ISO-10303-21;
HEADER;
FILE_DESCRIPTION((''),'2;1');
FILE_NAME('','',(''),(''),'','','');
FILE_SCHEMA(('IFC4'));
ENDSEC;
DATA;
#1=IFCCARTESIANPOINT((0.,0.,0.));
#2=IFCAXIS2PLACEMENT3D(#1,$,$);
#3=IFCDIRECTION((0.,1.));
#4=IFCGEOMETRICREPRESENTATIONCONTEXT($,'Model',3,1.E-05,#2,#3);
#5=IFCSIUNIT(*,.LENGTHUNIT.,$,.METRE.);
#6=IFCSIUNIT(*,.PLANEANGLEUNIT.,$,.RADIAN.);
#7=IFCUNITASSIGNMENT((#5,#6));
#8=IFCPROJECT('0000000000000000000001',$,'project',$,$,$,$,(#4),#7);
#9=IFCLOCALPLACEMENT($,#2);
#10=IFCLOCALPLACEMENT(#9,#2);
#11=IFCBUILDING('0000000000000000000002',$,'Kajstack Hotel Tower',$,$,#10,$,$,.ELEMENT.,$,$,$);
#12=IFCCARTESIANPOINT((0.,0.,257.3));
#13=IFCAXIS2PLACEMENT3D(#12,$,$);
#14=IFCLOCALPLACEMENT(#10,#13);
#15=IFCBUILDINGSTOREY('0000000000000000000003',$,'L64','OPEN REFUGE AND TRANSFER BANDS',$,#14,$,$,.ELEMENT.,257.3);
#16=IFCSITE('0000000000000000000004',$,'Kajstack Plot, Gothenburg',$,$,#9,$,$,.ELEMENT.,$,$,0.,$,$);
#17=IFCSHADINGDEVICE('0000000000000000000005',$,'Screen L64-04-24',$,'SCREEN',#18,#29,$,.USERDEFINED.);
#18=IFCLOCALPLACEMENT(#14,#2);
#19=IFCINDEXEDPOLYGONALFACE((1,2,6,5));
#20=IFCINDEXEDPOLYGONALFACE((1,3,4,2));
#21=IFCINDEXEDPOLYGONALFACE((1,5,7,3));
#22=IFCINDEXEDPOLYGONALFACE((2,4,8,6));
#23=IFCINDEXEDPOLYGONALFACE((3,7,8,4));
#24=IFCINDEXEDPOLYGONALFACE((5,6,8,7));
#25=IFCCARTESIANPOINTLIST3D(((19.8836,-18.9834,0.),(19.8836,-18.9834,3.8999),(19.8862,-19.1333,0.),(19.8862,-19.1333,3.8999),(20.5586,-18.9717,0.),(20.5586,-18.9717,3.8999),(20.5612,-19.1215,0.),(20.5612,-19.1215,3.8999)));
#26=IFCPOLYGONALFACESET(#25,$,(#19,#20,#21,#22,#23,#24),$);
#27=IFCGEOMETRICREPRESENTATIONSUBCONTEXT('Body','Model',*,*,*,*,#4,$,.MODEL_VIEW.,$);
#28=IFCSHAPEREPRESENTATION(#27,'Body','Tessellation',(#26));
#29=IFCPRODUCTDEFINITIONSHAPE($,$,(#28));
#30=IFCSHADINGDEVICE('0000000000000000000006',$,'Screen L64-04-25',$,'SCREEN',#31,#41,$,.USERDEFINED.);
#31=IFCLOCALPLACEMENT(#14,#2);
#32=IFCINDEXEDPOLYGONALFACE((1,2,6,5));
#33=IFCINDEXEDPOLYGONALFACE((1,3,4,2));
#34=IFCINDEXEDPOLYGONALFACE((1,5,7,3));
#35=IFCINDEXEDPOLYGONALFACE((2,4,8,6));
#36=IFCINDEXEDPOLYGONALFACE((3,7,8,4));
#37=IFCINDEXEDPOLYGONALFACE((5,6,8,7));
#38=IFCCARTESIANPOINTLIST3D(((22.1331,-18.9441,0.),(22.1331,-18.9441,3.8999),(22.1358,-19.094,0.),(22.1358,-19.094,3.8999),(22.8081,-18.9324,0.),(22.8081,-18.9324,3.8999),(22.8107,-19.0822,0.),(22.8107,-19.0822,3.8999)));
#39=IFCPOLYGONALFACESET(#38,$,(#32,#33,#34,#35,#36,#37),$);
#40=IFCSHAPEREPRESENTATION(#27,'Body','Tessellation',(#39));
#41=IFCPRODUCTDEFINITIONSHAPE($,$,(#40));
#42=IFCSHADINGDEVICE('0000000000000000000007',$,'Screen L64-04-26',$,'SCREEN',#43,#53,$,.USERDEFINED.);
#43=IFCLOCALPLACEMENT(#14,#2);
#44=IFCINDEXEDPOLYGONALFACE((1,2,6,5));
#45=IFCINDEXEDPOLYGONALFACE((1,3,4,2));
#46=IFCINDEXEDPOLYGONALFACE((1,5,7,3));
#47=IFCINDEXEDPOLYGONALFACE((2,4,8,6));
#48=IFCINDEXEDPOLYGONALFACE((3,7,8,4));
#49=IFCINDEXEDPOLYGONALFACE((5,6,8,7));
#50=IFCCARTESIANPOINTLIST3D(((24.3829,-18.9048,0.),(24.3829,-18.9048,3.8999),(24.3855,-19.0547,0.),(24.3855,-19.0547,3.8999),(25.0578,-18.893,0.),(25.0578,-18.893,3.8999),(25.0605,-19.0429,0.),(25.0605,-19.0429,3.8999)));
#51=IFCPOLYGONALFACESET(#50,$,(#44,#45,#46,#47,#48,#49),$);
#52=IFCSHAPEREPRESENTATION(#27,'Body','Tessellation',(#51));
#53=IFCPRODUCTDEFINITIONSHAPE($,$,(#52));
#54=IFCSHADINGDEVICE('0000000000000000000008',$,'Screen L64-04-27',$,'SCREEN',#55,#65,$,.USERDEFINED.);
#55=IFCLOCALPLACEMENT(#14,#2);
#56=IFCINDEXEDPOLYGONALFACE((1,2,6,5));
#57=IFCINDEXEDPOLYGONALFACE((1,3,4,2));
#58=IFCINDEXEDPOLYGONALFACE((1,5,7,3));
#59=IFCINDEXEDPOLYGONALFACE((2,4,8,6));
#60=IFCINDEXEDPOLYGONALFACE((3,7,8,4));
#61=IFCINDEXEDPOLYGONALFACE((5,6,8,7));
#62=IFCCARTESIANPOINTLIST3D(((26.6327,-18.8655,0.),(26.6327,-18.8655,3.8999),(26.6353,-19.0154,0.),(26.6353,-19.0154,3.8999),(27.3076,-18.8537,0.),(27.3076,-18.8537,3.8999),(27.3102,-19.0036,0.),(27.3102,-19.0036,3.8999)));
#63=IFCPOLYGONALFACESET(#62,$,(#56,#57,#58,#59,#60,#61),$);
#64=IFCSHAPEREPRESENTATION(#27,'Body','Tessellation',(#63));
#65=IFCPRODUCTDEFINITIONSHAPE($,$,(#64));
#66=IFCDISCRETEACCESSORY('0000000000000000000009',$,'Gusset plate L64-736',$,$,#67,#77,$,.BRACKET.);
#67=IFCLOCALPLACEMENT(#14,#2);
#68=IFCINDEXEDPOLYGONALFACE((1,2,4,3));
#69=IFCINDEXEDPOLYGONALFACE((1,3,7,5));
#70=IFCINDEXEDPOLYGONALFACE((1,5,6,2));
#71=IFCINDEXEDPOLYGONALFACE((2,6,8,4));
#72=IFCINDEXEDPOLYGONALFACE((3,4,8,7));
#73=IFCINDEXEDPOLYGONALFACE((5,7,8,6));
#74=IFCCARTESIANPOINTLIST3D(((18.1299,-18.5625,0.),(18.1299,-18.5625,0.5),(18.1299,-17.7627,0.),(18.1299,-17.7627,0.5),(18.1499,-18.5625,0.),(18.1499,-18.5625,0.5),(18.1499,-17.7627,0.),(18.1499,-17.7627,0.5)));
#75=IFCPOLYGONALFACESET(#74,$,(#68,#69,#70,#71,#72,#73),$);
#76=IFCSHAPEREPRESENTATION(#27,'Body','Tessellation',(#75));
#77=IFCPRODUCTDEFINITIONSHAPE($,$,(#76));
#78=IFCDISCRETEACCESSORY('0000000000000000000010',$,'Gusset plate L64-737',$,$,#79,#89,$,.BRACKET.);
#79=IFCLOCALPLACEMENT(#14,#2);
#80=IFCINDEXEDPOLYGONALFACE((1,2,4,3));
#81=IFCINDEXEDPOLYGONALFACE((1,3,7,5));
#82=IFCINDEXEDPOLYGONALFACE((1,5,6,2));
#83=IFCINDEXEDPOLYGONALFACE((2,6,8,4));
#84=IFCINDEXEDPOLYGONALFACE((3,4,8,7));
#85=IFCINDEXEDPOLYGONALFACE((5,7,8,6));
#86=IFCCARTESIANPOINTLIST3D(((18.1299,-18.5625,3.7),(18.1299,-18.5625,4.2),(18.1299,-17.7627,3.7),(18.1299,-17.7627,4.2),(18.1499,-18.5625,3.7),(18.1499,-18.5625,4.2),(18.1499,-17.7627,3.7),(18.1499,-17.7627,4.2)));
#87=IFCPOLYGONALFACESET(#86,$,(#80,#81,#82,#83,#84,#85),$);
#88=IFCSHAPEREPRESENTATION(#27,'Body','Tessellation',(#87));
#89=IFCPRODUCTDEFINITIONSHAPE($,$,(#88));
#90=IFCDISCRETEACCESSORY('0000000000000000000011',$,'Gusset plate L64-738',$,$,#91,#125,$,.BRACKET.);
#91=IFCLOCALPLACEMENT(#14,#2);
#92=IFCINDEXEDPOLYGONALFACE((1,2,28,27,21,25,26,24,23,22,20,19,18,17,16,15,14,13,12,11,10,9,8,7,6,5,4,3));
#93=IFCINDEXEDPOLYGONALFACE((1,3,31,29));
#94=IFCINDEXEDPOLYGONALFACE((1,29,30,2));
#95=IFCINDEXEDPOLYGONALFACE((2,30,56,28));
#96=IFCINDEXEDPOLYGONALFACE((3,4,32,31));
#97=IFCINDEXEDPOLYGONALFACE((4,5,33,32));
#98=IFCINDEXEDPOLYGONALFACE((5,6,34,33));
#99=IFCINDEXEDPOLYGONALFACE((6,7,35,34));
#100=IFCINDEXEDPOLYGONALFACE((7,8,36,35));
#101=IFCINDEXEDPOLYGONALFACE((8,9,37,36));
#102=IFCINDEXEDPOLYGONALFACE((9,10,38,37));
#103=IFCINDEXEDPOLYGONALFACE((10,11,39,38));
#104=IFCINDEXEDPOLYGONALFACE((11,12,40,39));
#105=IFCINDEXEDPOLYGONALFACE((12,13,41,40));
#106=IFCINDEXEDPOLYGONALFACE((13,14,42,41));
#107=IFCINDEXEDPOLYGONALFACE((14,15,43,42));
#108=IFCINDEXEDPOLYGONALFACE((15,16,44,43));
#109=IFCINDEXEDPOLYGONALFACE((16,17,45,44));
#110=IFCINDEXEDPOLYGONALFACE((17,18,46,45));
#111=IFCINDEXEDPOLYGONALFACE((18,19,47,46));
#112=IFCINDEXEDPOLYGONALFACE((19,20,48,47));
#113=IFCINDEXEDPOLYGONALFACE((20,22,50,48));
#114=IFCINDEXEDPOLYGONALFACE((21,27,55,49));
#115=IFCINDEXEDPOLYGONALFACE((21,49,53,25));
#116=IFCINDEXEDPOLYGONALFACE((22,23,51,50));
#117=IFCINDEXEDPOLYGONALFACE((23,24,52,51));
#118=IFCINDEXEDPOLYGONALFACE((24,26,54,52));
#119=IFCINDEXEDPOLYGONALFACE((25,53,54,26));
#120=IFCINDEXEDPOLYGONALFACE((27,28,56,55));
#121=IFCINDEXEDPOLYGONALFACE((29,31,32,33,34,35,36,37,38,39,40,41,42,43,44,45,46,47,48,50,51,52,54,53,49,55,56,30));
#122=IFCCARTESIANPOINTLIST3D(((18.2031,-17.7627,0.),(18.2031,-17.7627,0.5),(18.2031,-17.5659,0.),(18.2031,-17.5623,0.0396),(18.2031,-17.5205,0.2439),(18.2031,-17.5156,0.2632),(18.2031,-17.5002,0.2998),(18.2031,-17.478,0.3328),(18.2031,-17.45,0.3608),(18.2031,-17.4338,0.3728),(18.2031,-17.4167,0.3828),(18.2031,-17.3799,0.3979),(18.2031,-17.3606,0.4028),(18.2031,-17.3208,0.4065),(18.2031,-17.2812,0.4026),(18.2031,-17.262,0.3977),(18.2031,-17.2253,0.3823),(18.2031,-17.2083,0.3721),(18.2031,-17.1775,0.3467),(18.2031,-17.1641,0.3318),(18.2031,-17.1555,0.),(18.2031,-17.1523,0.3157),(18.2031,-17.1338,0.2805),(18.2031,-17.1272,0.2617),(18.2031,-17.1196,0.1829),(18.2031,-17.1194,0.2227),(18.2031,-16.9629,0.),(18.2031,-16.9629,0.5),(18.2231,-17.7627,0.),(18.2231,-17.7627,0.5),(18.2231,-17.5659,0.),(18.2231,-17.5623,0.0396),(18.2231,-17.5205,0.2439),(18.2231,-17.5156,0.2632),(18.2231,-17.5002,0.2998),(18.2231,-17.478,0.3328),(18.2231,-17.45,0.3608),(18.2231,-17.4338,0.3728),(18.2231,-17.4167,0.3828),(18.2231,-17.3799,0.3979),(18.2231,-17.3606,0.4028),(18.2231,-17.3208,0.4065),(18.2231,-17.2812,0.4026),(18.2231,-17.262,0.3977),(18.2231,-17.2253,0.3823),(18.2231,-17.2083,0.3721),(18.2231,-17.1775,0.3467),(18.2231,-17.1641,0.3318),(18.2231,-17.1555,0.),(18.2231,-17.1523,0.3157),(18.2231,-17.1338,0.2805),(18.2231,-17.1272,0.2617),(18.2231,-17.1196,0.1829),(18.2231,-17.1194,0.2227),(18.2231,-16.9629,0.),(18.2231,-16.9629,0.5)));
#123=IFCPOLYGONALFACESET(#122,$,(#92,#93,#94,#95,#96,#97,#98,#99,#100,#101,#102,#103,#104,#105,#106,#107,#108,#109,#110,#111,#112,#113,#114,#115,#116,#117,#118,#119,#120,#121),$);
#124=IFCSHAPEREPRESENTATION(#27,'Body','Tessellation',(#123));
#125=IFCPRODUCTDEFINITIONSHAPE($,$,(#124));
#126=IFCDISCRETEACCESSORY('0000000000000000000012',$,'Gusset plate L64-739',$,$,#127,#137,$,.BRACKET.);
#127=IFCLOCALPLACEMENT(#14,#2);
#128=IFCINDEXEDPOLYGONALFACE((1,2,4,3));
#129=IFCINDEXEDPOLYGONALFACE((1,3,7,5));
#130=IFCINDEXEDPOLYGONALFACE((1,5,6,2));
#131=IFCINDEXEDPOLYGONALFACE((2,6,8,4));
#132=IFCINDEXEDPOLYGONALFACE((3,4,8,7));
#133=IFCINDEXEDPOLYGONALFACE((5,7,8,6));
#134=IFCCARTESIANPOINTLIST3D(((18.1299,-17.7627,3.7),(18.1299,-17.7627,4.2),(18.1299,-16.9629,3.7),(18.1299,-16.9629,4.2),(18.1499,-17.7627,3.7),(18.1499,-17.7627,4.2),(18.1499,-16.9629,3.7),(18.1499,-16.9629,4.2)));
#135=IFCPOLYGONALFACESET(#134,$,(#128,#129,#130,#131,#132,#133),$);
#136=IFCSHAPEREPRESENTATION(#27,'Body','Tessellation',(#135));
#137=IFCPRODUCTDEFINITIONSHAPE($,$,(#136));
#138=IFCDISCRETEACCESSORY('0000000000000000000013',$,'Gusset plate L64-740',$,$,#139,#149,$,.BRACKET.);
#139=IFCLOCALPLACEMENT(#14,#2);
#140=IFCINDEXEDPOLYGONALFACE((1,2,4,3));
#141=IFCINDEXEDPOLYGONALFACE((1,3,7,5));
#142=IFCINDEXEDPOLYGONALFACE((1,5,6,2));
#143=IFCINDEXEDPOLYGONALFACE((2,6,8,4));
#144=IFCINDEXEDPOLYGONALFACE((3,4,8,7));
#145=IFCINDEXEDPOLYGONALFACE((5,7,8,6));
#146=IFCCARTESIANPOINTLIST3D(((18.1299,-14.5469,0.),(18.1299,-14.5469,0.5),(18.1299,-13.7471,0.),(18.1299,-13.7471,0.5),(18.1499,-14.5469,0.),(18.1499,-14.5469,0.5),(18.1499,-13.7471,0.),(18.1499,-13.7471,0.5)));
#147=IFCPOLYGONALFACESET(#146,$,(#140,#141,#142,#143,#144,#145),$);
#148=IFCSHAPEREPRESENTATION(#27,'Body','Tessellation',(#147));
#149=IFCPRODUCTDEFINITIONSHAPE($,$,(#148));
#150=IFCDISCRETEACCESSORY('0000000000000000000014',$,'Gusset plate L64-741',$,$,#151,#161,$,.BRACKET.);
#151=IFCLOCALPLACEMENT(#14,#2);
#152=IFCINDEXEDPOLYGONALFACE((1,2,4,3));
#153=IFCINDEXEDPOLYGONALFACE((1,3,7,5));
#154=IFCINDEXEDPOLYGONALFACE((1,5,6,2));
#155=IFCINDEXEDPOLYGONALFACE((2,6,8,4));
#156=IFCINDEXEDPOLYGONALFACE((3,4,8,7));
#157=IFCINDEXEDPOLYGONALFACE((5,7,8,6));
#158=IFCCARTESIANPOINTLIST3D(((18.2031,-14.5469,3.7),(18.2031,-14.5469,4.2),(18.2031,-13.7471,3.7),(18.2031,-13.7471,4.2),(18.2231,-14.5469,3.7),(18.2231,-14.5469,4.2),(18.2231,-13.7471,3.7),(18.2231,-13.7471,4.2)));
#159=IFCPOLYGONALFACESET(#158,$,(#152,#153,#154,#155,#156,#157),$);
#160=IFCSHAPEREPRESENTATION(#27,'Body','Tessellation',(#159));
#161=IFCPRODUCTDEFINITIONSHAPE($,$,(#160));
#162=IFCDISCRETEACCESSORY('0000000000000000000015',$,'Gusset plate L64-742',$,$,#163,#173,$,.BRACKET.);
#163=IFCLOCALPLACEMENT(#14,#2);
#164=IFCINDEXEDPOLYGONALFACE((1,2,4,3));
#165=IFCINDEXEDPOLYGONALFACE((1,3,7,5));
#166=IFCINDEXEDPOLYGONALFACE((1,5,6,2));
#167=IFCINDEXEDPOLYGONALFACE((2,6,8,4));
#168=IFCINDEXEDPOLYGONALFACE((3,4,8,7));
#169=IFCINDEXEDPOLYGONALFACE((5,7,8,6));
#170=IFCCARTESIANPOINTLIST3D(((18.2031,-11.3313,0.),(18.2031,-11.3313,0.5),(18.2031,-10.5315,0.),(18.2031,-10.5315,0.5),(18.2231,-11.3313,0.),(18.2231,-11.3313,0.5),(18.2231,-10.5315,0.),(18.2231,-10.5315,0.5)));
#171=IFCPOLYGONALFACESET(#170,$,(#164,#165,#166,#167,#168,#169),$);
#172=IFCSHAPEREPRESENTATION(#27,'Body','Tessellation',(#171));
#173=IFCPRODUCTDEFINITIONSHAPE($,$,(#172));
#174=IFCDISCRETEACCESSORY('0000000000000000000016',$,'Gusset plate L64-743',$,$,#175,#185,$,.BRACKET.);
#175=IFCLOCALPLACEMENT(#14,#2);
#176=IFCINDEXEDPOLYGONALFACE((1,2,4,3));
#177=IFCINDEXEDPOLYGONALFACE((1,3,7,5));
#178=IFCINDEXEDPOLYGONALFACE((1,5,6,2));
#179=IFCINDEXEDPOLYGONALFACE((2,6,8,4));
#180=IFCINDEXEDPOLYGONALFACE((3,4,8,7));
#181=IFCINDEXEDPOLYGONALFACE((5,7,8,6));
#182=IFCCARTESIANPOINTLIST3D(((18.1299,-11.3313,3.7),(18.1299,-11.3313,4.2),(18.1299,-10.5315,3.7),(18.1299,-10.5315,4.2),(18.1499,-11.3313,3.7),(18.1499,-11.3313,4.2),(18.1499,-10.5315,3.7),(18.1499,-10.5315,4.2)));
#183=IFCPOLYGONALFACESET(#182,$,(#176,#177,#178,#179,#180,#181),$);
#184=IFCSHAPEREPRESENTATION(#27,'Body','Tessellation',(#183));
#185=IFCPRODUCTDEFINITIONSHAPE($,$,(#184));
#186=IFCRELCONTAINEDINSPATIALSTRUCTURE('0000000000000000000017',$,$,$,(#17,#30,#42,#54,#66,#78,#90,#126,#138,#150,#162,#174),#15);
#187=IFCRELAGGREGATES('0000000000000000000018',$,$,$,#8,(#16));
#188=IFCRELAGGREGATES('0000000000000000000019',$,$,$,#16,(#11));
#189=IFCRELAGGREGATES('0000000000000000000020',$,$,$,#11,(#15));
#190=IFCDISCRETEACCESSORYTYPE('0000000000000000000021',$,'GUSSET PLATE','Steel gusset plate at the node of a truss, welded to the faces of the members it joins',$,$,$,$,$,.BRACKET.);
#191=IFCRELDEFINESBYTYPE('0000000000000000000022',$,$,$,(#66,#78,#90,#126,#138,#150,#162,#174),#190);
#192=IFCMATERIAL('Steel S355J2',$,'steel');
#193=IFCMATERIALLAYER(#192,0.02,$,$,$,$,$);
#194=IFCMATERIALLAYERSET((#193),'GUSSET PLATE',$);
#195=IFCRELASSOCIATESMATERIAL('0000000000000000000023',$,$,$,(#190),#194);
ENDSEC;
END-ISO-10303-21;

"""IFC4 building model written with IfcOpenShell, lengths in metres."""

from ifc_helpers import new_model, si_unit, direction, frame, origin, origin_2d, place, context, subcontext, project, spatial, polyline, rectangle, outline, extrude, material, layer, layer_set, type_object, element, save


model = new_model("IFC4")

# Units and contexts
model_context = context("Model", 3, precision=1e-05, world=origin(), true_north=direction((0.0, 1.0)))
body_context = subcontext(model_context, "Body", "Model", "MODEL_VIEW")
ifc_project = project(units=[si_unit("LENGTHUNIT", "METRE"), si_unit("PLANEANGLEUNIT", "RADIAN")], contexts=[model_context])

# Site, building, storey
site_placement = place(None, origin())
site = spatial("IfcSite", under=ifc_project, at=site_placement, Name="Kajstack Plot, Gothenburg", CompositionType="ELEMENT", RefElevation=0.0)
building_placement = place(site_placement, origin())
building = spatial("IfcBuilding", under=site, at=building_placement, Name="Kajstack Hotel Tower", CompositionType="ELEMENT")
storey_placement = place(building_placement, frame((0.0, 0.0, 257.3)))
storey = spatial("IfcBuildingStorey", under=building, at=storey_placement, Name="L64", Description="OPEN REFUGE AND TRANSFER BANDS", CompositionType="ELEMENT", Elevation=257.3)

# Shared definitions
ifc_material_1 = material(Name="Steel S355J2", Category="steel")

# Shading devices
for number, where, z_axis, x_axis, name in (
    (1, (20.2224, -19.0525, 0.0), (0.0, 0.0, 1.0), (0.999848, 0.017453, 0.0), "Screen L64-04-24"),
    (2, (22.4719, -19.0132, 0.0), (0.0, 0.0, 1.0), (0.999848, 0.017453, 0.0), "Screen L64-04-25"),
    (3, (24.7217, -18.9739, 0.0), (0.0, 0.0, 1.0), (0.999848, 0.017453, 0.0), "Screen L64-04-26"),
    (4, (26.9714, -18.9346, 0.0), (0.0, 0.0, 1.0), (0.999848, 0.017453, 0.0), "Screen L64-04-27"),
):
    element("IfcShadingDevice", number, at=place(storey_placement, frame(where, z_axis=z_axis, x_axis=x_axis)), inside=storey, Name=name, ObjectType="SCREEN", PredefinedType="USERDEFINED", context=body_context, shape_type="SweptSolid", body=[
        extrude(rectangle(XDim=0.675, YDim=0.1499, at=origin_2d()), origin(), (0.0, 0.0, 1.0), 3.8999),
    ])

# Discrete accessories
ifc_layer_1 = layer(ifc_material_1, 0.02)
ifc_layer_set_1 = layer_set([ifc_layer_1], Name="GUSSET PLATE")
discrete_accessory_type = type_object("IfcDiscreteAccessoryType", Name="GUSSET PLATE", Description="Steel gusset plate at the node of a truss, welded to the faces of the members it joins", PredefinedType="BRACKET", material=ifc_layer_set_1)
for number, where, z_axis, x_axis, name in (
    (5, (18.1299, -18.1626, 0.0), (1.0, 0.0, 0.0), (0.0, 1.0, 0.0), "Gusset plate L64-736"),
    (6, (18.1299, -18.1626, 3.7), (1.0, 0.0, 0.0), (0.0, 1.0, 0.0), "Gusset plate L64-737"),
):
    element("IfcDiscreteAccessory", number, at=place(storey_placement, frame(where, z_axis=z_axis, x_axis=x_axis)), inside=storey, type_object=discrete_accessory_type, Name=name, PredefinedType="BRACKET", context=body_context, shape_type="SweptSolid", body=[
        extrude(outline(polyline([(-0.3999, 0.0), (0.3999, 0.0), (0.3999, 0.5), (-0.3999, 0.5), (-0.3999, 0.0)])), origin(), (0.0, 0.0, 1.0), 0.02),
    ])
discrete_accessory_placement = place(storey_placement, frame((18.2031, -17.3628, 0.0), z_axis=(1.0, 0.0, 0.0), x_axis=(0.0, 1.0, 0.0)))
element("IfcDiscreteAccessory", 7, at=discrete_accessory_placement, inside=storey, type_object=discrete_accessory_type, Name="Gusset plate L64-738", PredefinedType="BRACKET", context=body_context, shape_type="SweptSolid", body=[
    extrude(outline(polyline([(-0.3999, 0.0), (-0.2031, 0.0), (-0.1995, 0.0396), (-0.1577, 0.2439), (-0.1528, 0.2632), (-0.1375, 0.2998), (-0.1152, 0.3328), (-0.0872, 0.3608), (-0.071, 0.3728), (-0.054, 0.3828), (-0.0171, 0.3979), (0.0022, 0.4028), (0.042, 0.4065), (0.0815, 0.4026), (0.1008, 0.3977), (0.1375, 0.3823), (0.1545, 0.3721), (0.1853, 0.3467), (0.1987, 0.3318), (0.2104, 0.3157), (0.229, 0.2805), (0.2356, 0.2617), (0.2434, 0.2227), (0.2432, 0.1829), (0.2073, 0.0), (0.3999, 0.0), (0.3999, 0.5), (-0.3999, 0.5), (-0.3999, 0.0)])), origin(), (0.0, 0.0, 1.0), 0.02),
])
for number, where, z_axis, x_axis, name in (
    (8, (18.1299, -17.3628, 3.7), (1.0, 0.0, 0.0), (0.0, 1.0, 0.0), "Gusset plate L64-739"),
    (9, (18.1299, -14.147, 0.0), (1.0, 0.0, 0.0), (0.0, 1.0, 0.0), "Gusset plate L64-740"),
    (10, (18.2031, -14.147, 3.7), (1.0, 0.0, 0.0), (0.0, 1.0, 0.0), "Gusset plate L64-741"),
    (11, (18.2031, -10.9314, 0.0), (1.0, 0.0, 0.0), (0.0, 1.0, 0.0), "Gusset plate L64-742"),
    (12, (18.1299, -10.9314, 3.7), (1.0, 0.0, 0.0), (0.0, 1.0, 0.0), "Gusset plate L64-743"),
):
    element("IfcDiscreteAccessory", number, at=place(storey_placement, frame(where, z_axis=z_axis, x_axis=x_axis)), inside=storey, type_object=discrete_accessory_type, Name=name, PredefinedType="BRACKET", context=body_context, shape_type="SweptSolid", body=[
        extrude(outline(polyline([(-0.3999, 0.0), (0.3999, 0.0), (0.3999, 0.5), (-0.3999, 0.5), (-0.3999, 0.0)])), origin(), (0.0, 0.0, 1.0), 0.02),
    ])

save(model, "model.ifc")
